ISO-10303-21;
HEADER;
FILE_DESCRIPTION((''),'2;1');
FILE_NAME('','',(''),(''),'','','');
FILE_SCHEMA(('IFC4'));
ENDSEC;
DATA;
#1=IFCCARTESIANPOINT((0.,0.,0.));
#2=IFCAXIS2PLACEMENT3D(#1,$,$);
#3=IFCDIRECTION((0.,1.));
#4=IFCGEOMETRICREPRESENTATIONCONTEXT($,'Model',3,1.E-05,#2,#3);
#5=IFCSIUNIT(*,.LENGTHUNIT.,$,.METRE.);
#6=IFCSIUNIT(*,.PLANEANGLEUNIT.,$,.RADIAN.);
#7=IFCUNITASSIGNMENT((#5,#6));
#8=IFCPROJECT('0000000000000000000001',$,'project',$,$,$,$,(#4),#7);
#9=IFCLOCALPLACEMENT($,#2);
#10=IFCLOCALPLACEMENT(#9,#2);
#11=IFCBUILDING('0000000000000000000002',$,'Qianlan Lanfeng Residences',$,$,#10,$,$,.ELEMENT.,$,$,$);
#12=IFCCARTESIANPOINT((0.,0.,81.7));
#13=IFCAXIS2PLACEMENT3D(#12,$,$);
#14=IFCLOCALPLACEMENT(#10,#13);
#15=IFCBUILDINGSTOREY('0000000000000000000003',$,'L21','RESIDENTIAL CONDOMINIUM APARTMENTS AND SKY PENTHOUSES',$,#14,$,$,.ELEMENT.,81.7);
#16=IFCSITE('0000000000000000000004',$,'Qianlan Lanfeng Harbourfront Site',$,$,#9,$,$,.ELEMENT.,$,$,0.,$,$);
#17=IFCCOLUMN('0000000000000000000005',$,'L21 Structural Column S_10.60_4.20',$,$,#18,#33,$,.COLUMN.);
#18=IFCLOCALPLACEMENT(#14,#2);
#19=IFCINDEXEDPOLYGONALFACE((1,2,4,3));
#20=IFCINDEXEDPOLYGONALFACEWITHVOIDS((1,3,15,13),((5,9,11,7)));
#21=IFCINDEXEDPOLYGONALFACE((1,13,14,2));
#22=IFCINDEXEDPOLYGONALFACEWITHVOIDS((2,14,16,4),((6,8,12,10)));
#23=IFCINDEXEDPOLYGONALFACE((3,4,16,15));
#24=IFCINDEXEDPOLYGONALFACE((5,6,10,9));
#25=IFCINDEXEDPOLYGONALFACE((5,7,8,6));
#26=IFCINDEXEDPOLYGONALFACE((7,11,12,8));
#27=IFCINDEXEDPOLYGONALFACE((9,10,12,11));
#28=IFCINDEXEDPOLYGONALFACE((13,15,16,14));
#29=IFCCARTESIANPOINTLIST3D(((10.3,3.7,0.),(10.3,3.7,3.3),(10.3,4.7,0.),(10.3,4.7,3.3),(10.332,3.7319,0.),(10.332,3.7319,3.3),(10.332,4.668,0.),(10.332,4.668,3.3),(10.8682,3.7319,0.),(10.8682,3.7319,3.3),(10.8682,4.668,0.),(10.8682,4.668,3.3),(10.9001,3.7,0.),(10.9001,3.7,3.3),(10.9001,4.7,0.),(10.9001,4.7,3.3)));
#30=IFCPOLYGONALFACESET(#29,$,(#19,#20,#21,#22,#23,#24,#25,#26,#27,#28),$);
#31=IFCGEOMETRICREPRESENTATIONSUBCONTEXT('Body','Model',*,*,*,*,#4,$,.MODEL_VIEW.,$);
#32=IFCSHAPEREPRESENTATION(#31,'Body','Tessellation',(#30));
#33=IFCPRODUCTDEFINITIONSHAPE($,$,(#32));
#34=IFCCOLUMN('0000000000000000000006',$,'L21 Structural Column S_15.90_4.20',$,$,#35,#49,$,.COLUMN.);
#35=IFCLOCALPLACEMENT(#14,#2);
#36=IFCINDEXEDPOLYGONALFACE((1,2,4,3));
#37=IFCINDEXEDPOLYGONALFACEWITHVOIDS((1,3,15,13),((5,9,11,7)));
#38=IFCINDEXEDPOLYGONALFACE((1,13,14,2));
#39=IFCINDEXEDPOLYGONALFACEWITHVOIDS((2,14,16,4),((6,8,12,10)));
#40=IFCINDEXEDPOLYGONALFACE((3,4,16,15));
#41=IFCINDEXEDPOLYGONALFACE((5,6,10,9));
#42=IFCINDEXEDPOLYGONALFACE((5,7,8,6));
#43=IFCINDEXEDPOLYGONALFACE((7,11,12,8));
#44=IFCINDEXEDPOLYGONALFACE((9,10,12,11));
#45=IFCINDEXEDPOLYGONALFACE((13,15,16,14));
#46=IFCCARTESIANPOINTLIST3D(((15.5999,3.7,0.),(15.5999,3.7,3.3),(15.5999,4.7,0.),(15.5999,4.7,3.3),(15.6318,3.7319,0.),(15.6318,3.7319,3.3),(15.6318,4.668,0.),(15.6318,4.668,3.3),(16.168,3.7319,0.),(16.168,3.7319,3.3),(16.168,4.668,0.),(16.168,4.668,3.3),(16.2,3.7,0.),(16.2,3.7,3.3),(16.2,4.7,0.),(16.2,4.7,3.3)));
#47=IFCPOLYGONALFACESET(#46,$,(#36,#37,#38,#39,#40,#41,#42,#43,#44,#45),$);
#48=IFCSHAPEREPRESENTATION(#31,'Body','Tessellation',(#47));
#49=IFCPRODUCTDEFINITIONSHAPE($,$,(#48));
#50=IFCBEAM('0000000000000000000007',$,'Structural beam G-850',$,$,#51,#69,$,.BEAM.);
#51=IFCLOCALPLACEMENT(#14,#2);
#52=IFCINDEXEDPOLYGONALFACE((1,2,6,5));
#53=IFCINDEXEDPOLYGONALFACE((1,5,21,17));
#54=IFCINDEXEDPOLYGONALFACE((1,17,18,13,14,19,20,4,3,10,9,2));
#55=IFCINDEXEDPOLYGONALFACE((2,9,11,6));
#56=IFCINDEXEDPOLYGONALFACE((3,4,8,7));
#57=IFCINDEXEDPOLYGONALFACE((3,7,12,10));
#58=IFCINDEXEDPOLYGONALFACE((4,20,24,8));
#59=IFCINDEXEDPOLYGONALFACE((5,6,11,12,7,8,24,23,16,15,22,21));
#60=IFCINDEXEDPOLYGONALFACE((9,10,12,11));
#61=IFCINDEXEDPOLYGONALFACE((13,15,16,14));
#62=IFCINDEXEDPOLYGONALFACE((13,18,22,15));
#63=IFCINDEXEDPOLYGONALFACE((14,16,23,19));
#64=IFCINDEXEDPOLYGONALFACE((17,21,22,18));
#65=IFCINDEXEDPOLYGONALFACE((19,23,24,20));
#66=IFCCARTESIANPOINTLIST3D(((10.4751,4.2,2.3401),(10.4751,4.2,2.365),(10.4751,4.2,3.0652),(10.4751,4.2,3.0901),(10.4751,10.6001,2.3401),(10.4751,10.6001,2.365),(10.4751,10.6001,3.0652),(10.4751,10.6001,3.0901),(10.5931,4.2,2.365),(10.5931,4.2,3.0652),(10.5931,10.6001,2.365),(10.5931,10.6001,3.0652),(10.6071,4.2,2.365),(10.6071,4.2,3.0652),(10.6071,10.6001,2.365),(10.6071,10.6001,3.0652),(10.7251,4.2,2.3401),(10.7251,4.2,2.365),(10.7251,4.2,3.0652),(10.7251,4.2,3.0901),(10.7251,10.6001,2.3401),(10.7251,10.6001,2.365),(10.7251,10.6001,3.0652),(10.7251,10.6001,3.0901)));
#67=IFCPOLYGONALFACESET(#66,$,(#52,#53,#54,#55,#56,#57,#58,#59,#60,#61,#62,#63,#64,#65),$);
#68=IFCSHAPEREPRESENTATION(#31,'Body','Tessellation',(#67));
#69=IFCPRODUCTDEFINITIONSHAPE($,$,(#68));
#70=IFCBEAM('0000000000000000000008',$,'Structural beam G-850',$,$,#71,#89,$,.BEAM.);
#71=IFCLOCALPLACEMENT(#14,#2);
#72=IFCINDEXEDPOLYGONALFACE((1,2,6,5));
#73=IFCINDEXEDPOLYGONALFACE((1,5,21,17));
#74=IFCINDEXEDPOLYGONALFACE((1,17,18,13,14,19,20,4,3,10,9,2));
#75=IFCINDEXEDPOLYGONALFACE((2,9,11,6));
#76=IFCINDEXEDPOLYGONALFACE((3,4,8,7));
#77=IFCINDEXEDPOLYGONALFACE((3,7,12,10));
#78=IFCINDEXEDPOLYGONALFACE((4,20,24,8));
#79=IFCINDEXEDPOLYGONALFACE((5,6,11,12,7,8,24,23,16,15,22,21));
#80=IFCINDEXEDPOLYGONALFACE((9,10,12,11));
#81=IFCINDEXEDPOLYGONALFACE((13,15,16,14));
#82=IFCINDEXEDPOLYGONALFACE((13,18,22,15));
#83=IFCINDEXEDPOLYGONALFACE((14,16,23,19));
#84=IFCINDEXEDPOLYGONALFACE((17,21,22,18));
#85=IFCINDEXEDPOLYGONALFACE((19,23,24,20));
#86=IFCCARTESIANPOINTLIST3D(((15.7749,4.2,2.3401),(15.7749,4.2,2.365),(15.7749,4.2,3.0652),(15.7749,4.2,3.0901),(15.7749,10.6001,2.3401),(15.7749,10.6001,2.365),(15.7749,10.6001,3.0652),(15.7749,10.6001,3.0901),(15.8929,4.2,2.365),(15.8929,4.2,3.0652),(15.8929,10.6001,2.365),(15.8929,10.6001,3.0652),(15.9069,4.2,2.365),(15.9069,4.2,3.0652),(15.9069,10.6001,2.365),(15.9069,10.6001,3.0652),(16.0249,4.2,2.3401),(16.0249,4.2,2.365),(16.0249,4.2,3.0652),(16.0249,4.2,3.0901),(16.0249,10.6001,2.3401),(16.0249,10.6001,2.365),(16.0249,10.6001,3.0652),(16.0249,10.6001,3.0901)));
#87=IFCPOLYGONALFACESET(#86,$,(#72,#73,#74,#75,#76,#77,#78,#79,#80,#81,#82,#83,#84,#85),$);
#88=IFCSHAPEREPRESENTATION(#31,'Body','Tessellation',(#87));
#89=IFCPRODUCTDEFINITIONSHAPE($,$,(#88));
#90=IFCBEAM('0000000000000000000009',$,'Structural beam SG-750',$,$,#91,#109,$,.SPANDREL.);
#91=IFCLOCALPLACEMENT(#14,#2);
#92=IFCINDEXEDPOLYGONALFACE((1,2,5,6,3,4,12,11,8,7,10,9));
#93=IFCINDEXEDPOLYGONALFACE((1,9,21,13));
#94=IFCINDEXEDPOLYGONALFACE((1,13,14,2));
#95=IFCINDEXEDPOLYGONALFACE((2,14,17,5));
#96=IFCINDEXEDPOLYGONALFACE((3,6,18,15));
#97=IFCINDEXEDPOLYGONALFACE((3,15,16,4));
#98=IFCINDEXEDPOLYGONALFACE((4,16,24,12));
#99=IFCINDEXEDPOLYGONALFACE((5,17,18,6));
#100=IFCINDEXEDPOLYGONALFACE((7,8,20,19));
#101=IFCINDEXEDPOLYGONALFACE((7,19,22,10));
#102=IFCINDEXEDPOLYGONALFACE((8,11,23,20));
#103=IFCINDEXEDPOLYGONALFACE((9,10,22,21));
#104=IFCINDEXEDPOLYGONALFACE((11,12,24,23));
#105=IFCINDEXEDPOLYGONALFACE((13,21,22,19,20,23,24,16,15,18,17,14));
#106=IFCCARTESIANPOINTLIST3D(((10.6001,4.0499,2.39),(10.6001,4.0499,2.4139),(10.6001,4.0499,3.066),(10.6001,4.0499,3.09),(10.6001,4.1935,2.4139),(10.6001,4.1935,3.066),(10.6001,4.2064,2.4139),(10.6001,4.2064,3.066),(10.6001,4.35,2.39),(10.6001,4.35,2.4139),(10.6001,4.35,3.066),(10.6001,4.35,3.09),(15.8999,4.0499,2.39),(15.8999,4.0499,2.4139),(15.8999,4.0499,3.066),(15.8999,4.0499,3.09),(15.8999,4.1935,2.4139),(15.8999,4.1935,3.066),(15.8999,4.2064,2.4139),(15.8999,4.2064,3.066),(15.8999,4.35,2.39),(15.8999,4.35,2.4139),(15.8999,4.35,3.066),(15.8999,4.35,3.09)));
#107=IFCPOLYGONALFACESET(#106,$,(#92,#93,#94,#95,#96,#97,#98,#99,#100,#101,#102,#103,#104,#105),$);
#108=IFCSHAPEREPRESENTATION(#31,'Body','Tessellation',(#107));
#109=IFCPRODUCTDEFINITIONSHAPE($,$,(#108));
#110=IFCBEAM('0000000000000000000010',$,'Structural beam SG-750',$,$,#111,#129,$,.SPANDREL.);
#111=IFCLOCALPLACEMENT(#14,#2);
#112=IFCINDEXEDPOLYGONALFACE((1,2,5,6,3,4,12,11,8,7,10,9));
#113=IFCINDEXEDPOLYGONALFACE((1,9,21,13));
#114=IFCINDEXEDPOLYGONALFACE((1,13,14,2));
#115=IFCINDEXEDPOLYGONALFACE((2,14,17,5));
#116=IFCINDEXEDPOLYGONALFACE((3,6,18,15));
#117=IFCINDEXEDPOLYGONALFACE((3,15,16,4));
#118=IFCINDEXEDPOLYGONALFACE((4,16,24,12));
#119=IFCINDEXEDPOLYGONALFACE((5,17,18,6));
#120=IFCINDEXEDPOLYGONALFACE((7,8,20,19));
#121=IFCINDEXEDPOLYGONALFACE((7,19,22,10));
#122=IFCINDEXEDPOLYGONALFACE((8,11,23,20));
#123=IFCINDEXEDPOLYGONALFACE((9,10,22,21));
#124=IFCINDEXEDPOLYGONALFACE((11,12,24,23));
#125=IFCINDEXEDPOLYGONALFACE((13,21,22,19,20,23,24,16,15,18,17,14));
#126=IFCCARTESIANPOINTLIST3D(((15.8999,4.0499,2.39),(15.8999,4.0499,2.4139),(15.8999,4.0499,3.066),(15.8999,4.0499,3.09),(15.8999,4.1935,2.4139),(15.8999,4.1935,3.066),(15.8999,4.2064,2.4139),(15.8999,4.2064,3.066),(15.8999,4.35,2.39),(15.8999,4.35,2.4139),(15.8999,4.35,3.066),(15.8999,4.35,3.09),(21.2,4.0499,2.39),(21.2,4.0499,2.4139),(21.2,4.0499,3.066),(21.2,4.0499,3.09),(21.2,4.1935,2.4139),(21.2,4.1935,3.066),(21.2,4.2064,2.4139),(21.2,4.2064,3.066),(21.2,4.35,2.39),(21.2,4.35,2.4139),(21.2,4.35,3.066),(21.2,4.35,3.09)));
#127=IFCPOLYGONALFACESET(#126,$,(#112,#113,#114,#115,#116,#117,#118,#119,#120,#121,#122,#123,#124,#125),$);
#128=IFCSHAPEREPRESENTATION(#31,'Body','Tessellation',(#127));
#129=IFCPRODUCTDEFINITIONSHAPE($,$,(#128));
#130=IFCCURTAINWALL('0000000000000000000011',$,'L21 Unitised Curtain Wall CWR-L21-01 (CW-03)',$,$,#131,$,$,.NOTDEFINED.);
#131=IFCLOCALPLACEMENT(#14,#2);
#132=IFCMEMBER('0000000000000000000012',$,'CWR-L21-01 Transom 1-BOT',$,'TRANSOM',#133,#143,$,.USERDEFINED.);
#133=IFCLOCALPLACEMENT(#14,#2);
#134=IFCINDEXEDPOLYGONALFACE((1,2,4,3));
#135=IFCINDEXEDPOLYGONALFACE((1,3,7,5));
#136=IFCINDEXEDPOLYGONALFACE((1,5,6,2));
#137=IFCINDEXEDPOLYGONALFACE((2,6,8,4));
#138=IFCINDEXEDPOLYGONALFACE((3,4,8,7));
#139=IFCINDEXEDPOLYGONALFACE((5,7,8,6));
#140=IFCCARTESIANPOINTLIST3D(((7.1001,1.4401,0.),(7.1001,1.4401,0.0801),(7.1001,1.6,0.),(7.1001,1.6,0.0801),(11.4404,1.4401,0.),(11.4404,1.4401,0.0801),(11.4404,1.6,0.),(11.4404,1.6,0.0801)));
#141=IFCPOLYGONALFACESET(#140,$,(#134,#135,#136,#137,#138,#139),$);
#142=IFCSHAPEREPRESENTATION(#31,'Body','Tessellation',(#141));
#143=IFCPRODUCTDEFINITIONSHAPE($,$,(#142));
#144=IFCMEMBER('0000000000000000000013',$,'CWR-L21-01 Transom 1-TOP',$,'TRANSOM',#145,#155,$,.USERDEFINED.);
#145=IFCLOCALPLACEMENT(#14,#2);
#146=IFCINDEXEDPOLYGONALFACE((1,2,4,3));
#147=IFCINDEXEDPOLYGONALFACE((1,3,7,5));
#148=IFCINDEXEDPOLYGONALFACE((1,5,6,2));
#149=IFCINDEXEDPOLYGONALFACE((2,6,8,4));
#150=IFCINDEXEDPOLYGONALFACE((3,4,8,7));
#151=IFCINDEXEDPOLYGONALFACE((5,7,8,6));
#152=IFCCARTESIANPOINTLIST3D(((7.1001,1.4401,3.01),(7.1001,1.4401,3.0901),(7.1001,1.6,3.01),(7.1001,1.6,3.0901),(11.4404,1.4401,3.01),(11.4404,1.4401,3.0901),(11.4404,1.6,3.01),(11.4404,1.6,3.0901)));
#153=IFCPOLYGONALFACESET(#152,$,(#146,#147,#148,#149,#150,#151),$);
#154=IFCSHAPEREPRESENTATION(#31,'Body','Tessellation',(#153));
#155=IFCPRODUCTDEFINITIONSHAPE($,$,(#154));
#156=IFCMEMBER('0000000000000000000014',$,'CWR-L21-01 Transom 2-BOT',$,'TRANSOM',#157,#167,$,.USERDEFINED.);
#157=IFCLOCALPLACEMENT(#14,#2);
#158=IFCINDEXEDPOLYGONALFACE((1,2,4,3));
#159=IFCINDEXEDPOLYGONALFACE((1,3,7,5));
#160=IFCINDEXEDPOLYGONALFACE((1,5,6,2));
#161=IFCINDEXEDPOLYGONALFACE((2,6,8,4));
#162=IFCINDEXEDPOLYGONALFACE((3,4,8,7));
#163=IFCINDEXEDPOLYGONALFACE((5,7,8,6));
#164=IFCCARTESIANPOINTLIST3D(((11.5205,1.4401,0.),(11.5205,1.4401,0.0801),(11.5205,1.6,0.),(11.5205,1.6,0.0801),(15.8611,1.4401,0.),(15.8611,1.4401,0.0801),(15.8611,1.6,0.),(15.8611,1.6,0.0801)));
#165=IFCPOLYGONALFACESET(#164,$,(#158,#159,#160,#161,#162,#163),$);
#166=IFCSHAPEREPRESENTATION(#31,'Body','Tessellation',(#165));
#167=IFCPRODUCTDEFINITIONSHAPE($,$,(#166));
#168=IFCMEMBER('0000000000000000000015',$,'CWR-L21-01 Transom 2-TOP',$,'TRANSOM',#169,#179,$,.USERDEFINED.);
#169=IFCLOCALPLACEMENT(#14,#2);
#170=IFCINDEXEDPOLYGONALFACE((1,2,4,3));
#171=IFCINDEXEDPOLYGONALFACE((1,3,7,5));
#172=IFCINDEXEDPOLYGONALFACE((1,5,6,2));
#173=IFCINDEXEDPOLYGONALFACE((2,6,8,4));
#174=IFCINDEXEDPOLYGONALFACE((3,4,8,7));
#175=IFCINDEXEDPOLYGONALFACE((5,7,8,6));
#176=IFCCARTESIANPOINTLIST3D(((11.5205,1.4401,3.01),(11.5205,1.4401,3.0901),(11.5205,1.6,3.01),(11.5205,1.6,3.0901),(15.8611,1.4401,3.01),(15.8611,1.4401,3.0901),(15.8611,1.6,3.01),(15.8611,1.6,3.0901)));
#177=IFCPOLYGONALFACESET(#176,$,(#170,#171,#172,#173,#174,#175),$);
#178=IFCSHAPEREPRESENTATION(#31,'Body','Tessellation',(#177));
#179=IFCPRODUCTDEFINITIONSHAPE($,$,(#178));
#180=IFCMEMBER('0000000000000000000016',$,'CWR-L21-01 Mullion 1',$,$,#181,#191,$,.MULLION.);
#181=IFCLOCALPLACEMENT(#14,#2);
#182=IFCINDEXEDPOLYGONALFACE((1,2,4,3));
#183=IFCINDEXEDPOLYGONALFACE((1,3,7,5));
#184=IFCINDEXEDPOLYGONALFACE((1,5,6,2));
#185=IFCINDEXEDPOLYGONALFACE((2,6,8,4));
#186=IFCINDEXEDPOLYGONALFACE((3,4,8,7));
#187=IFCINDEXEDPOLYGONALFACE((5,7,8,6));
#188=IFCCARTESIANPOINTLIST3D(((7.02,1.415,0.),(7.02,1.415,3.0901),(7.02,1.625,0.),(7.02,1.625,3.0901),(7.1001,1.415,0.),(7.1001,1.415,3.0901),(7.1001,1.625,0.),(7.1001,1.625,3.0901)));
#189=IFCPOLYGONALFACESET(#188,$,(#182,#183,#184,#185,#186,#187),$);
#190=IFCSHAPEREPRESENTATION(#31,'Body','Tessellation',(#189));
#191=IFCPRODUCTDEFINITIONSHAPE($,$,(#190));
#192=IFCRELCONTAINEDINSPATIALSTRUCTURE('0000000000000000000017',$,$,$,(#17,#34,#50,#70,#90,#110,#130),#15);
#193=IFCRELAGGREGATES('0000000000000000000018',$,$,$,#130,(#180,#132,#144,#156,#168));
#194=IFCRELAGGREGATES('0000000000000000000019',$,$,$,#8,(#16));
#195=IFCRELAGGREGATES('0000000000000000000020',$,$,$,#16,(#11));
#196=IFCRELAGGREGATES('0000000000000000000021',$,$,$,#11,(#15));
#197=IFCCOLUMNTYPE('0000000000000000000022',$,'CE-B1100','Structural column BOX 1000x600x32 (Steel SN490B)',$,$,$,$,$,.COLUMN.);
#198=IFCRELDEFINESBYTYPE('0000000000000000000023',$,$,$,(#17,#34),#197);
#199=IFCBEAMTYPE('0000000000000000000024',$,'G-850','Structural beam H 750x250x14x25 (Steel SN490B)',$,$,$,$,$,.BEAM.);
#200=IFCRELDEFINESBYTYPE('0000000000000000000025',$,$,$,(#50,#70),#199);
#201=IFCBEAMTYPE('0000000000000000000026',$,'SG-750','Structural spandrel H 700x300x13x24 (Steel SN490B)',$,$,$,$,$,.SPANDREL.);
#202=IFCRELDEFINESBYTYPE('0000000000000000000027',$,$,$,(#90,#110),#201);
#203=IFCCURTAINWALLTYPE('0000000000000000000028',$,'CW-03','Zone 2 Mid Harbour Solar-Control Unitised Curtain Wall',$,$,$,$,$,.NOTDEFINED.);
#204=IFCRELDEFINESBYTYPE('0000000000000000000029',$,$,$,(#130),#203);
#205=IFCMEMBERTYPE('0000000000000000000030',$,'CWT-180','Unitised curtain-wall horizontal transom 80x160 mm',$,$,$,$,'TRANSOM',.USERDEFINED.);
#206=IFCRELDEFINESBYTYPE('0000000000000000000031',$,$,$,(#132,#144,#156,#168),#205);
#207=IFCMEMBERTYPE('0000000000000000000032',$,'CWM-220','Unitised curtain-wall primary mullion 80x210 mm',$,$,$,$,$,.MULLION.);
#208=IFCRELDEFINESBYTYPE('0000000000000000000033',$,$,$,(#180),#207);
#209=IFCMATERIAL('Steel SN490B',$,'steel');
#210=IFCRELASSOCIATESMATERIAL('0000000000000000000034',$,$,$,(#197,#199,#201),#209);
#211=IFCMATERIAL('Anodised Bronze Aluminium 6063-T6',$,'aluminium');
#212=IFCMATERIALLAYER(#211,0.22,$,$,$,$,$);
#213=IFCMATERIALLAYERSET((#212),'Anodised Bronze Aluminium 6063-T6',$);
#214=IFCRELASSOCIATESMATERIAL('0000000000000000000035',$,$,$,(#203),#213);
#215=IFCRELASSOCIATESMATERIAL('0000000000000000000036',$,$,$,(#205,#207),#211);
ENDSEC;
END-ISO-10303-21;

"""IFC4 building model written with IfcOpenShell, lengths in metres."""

from ifc_helpers import new_model, si_unit, direction, frame, origin, origin_2d, place, context, subcontext, project, spatial, rectangle, hollow_rectangle, i_section, extrude, source, transform, mapped, material, layer, layer_set, material_profile, profile_set, type_object, element, aggregate, save


model = new_model("IFC4")

# Units and contexts
model_context = context("Model", 3, precision=1e-05, world=origin(), true_north=direction((0.0, 1.0)))
body_context = subcontext(model_context, "Body", "Model", "MODEL_VIEW")
ifc_project = project(units=[si_unit("LENGTHUNIT", "METRE"), si_unit("PLANEANGLEUNIT", "RADIAN")], contexts=[model_context])

# Site, building, storey
site_placement = place(None, origin())
site = spatial("IfcSite", under=ifc_project, at=site_placement, Name="Qianlan Lanfeng Harbourfront Site", CompositionType="ELEMENT", RefElevation=0.0)
building_placement = place(site_placement, origin())
building = spatial("IfcBuilding", under=site, at=building_placement, Name="Qianlan Lanfeng Residences", CompositionType="ELEMENT")
storey_placement = place(building_placement, frame((0.0, 0.0, 81.7)))
storey = spatial("IfcBuildingStorey", under=building, at=storey_placement, Name="L21", Description="RESIDENTIAL CONDOMINIUM APARTMENTS AND SKY PENTHOUSES", CompositionType="ELEMENT", Elevation=81.7)

# Columns
ifc_material_1 = material(Name="Steel SN490B", Category="steel")
ifc_material_profile_1 = material_profile(ifc_material_1, hollow_rectangle(XDim=0.6001, YDim=1.0, WallThickness=0.032, at=origin_2d()), Name="BOX 1000x600x32")
ifc_profile_set_1 = profile_set([ifc_material_profile_1], Name="Steel SN490B")
column_type = type_object("IfcColumnType", Name="CE-B1100", Description="Structural column BOX 1000x600x32 (Steel SN490B)", PredefinedType="COLUMN", material=ifc_profile_set_1)
for number, where, z_axis, x_axis, name in (
    (1, (10.6001, 4.2, 0.0), (0.0, 0.0, 1.0), (1.0, 0.0, 0.0), "L21 Structural Column S_10.60_4.20"),
    (2, (15.8999, 4.2, 0.0), (0.0, 0.0, 1.0), (1.0, 0.0, 0.0), "L21 Structural Column S_15.90_4.20"),
):
    element("IfcColumn", number, at=place(storey_placement, frame(where, z_axis=z_axis, x_axis=x_axis)), inside=storey, type_object=column_type, Name=name, PredefinedType="COLUMN", context=body_context, shape_type="SweptSolid", body=[
        extrude(hollow_rectangle(XDim=0.6001, YDim=1.0, WallThickness=0.032, at=origin_2d()), origin(), (0.0, 0.0, 1.0), 3.3),
    ])

# Beams
ifc_material_profile_2 = material_profile(ifc_material_1, i_section(OverallWidth=0.25, OverallDepth=0.75, WebThickness=0.0139, FlangeThickness=0.0249, at=origin_2d()), Name="H 750x250x14x25")
ifc_profile_set_2 = profile_set([ifc_material_profile_2], Name="Steel SN490B")
beam_type_1 = type_object("IfcBeamType", Name="G-850", Description="Structural beam H 750x250x14x25 (Steel SN490B)", PredefinedType="BEAM", material=ifc_profile_set_2)
for number, where, z_axis, x_axis, name in (
    (3, (10.6001, 4.2, 2.7151), (0.0, 1.0, 0.0), (-1.0, 0.0, 0.0), "Structural beam G-850"),
    (4, (15.8999, 4.2, 2.7151), (0.0, 1.0, 0.0), (-1.0, 0.0, 0.0), "Structural beam G-850"),
):
    element("IfcBeam", number, at=place(storey_placement, frame(where, z_axis=z_axis, x_axis=x_axis)), inside=storey, type_object=beam_type_1, Name=name, PredefinedType="BEAM", context=body_context, shape_type="SweptSolid", body=[
        extrude(i_section(OverallWidth=0.25, OverallDepth=0.75, WebThickness=0.0139, FlangeThickness=0.0249, at=origin_2d()), origin(), (0.0, 0.0, 1.0), 6.4001),
    ])
ifc_material_profile_3 = material_profile(ifc_material_1, i_section(OverallWidth=0.3, OverallDepth=0.7, WebThickness=0.0129, FlangeThickness=0.0239, at=origin_2d()), Name="H 700x300x13x24")
ifc_profile_set_3 = profile_set([ifc_material_profile_3], Name="Steel SN490B")
beam_type_2 = type_object("IfcBeamType", Name="SG-750", Description="Structural spandrel H 700x300x13x24 (Steel SN490B)", PredefinedType="SPANDREL", material=ifc_profile_set_3)
beam_1_placement = place(storey_placement, frame((10.6001, 4.2, 2.74), z_axis=(1.0, 0.0, 0.0), x_axis=(0.0, 1.0, 0.0)))
element("IfcBeam", 5, at=beam_1_placement, inside=storey, type_object=beam_type_2, Name="Structural beam SG-750", PredefinedType="SPANDREL", context=body_context, shape_type="SweptSolid", body=[
    extrude(i_section(OverallWidth=0.3, OverallDepth=0.7, WebThickness=0.0129, FlangeThickness=0.0239, at=origin_2d()), origin(), (0.0, 0.0, 1.0), 5.2998),
])
beam_2_placement = place(storey_placement, frame((15.8999, 4.2, 2.74), z_axis=(1.0, 0.0, 0.0), x_axis=(0.0, 1.0, 0.0)))
element("IfcBeam", 6, at=beam_2_placement, inside=storey, type_object=beam_type_2, Name="Structural beam SG-750", PredefinedType="SPANDREL", context=body_context, shape_type="SweptSolid", body=[
    extrude(i_section(OverallWidth=0.3, OverallDepth=0.7, WebThickness=0.0129, FlangeThickness=0.0239, at=origin_2d()), origin(), (0.0, 0.0, 1.0), 5.3),
])

# Curtain wall, members
ifc_material_2 = material(Name="Anodised Bronze Aluminium 6063-T6", Category="aluminium")
ifc_layer_1 = layer(ifc_material_2, 0.22)
ifc_layer_set_1 = layer_set([ifc_layer_1], Name="Anodised Bronze Aluminium 6063-T6")
curtain_wall_type = type_object("IfcCurtainWallType", Name="CW-03", Description="Zone 2 Mid Harbour Solar-Control Unitised Curtain Wall", PredefinedType="NOTDEFINED", material=ifc_layer_set_1)
curtain_wall_placement = place(storey_placement, origin())
curtain_wall = element("IfcCurtainWall", 7, at=curtain_wall_placement, inside=storey, type_object=curtain_wall_type, Name="L21 Unitised Curtain Wall CWR-L21-01 (CW-03)", PredefinedType="NOTDEFINED")
ifc_material_profile_4 = material_profile(ifc_material_2, rectangle(XDim=0.0801, YDim=0.1599, at=origin_2d()), Name="ALU TRANSOM 80x160")
ifc_profile_set_4 = profile_set([ifc_material_profile_4], Name="Anodised Bronze Aluminium 6063-T6")
member_type_1 = type_object("IfcMemberType", Name="CWT-180", Description="Unitised curtain-wall horizontal transom 80x160 mm", ElementType="TRANSOM", PredefinedType="USERDEFINED", material=ifc_profile_set_4)
shared_shape_1 = source(origin(), body_context, "Body", "SweptSolid", [
    extrude(rectangle(XDim=0.0801, YDim=0.1599, at=origin_2d()), origin(), (0.0, 0.0, 1.0), 4.3403),
])
member_1_placement = place(storey_placement, frame((7.1001, 1.52, 0.04), z_axis=(1.0, 0.0, 0.0), x_axis=(0.0, 0.0, 1.0)))
member_1 = element("IfcMember", 8, at=member_1_placement, type_object=member_type_1, Name="CWR-L21-01 Transom 1-BOT", ObjectType="TRANSOM", PredefinedType="USERDEFINED", context=body_context, shape_type="MappedRepresentation", body=[
    mapped(shared_shape_1, transform((0.0, 0.0, 0.0), scale=1.0)),
])
member_2_placement = place(storey_placement, frame((7.1001, 1.52, 3.05), z_axis=(1.0, 0.0, 0.0), x_axis=(0.0, 0.0, 1.0)))
member_2 = element("IfcMember", 9, at=member_2_placement, type_object=member_type_1, Name="CWR-L21-01 Transom 1-TOP", ObjectType="TRANSOM", PredefinedType="USERDEFINED", context=body_context, shape_type="MappedRepresentation", body=[
    mapped(shared_shape_1, transform((0.0, 0.0, 0.0), scale=1.0)),
])
shared_shape_2 = source(origin(), body_context, "Body", "SweptSolid", [
    extrude(rectangle(XDim=0.0801, YDim=0.1599, at=origin_2d()), origin(), (0.0, 0.0, 1.0), 4.3406),
])
member_3_placement = place(storey_placement, frame((11.5205, 1.52, 0.04), z_axis=(1.0, 0.0, 0.0), x_axis=(0.0, 0.0, 1.0)))
member_3 = element("IfcMember", 10, at=member_3_placement, type_object=member_type_1, Name="CWR-L21-01 Transom 2-BOT", ObjectType="TRANSOM", PredefinedType="USERDEFINED", context=body_context, shape_type="MappedRepresentation", body=[
    mapped(shared_shape_2, transform((0.0, 0.0, 0.0), scale=1.0)),
])
member_4_placement = place(storey_placement, frame((11.5205, 1.52, 3.05), z_axis=(1.0, 0.0, 0.0), x_axis=(0.0, 0.0, 1.0)))
member_4 = element("IfcMember", 11, at=member_4_placement, type_object=member_type_1, Name="CWR-L21-01 Transom 2-TOP", ObjectType="TRANSOM", PredefinedType="USERDEFINED", context=body_context, shape_type="MappedRepresentation", body=[
    mapped(shared_shape_2, transform((0.0, 0.0, 0.0), scale=1.0)),
])
ifc_material_profile_5 = material_profile(ifc_material_2, rectangle(XDim=0.0801, YDim=0.21, at=origin_2d()), Name="ALU MULLION 80x210")
ifc_profile_set_5 = profile_set([ifc_material_profile_5], Name="Anodised Bronze Aluminium 6063-T6")
member_type_2 = type_object("IfcMemberType", Name="CWM-220", Description="Unitised curtain-wall primary mullion 80x210 mm", PredefinedType="MULLION", material=ifc_profile_set_5)
shared_shape_3 = source(origin(), body_context, "Body", "SweptSolid", [
    extrude(rectangle(XDim=0.0801, YDim=0.21, at=origin_2d()), origin(), (0.0, 0.0, 1.0), 3.0901),
])
member_5_placement = place(storey_placement, frame((7.0601, 1.52, 0.0), z_axis=(0.0, 0.0, 1.0), x_axis=(1.0, 0.0, 0.0)))
member_5 = element("IfcMember", 12, at=member_5_placement, type_object=member_type_2, Name="CWR-L21-01 Mullion 1", PredefinedType="MULLION", context=body_context, shape_type="MappedRepresentation", body=[
    mapped(shared_shape_3, transform((0.0, 0.0, 0.0), scale=1.0)),
])
aggregate(curtain_wall, [member_5, member_1, member_2, member_3, member_4])

save(model, "model.ifc")
